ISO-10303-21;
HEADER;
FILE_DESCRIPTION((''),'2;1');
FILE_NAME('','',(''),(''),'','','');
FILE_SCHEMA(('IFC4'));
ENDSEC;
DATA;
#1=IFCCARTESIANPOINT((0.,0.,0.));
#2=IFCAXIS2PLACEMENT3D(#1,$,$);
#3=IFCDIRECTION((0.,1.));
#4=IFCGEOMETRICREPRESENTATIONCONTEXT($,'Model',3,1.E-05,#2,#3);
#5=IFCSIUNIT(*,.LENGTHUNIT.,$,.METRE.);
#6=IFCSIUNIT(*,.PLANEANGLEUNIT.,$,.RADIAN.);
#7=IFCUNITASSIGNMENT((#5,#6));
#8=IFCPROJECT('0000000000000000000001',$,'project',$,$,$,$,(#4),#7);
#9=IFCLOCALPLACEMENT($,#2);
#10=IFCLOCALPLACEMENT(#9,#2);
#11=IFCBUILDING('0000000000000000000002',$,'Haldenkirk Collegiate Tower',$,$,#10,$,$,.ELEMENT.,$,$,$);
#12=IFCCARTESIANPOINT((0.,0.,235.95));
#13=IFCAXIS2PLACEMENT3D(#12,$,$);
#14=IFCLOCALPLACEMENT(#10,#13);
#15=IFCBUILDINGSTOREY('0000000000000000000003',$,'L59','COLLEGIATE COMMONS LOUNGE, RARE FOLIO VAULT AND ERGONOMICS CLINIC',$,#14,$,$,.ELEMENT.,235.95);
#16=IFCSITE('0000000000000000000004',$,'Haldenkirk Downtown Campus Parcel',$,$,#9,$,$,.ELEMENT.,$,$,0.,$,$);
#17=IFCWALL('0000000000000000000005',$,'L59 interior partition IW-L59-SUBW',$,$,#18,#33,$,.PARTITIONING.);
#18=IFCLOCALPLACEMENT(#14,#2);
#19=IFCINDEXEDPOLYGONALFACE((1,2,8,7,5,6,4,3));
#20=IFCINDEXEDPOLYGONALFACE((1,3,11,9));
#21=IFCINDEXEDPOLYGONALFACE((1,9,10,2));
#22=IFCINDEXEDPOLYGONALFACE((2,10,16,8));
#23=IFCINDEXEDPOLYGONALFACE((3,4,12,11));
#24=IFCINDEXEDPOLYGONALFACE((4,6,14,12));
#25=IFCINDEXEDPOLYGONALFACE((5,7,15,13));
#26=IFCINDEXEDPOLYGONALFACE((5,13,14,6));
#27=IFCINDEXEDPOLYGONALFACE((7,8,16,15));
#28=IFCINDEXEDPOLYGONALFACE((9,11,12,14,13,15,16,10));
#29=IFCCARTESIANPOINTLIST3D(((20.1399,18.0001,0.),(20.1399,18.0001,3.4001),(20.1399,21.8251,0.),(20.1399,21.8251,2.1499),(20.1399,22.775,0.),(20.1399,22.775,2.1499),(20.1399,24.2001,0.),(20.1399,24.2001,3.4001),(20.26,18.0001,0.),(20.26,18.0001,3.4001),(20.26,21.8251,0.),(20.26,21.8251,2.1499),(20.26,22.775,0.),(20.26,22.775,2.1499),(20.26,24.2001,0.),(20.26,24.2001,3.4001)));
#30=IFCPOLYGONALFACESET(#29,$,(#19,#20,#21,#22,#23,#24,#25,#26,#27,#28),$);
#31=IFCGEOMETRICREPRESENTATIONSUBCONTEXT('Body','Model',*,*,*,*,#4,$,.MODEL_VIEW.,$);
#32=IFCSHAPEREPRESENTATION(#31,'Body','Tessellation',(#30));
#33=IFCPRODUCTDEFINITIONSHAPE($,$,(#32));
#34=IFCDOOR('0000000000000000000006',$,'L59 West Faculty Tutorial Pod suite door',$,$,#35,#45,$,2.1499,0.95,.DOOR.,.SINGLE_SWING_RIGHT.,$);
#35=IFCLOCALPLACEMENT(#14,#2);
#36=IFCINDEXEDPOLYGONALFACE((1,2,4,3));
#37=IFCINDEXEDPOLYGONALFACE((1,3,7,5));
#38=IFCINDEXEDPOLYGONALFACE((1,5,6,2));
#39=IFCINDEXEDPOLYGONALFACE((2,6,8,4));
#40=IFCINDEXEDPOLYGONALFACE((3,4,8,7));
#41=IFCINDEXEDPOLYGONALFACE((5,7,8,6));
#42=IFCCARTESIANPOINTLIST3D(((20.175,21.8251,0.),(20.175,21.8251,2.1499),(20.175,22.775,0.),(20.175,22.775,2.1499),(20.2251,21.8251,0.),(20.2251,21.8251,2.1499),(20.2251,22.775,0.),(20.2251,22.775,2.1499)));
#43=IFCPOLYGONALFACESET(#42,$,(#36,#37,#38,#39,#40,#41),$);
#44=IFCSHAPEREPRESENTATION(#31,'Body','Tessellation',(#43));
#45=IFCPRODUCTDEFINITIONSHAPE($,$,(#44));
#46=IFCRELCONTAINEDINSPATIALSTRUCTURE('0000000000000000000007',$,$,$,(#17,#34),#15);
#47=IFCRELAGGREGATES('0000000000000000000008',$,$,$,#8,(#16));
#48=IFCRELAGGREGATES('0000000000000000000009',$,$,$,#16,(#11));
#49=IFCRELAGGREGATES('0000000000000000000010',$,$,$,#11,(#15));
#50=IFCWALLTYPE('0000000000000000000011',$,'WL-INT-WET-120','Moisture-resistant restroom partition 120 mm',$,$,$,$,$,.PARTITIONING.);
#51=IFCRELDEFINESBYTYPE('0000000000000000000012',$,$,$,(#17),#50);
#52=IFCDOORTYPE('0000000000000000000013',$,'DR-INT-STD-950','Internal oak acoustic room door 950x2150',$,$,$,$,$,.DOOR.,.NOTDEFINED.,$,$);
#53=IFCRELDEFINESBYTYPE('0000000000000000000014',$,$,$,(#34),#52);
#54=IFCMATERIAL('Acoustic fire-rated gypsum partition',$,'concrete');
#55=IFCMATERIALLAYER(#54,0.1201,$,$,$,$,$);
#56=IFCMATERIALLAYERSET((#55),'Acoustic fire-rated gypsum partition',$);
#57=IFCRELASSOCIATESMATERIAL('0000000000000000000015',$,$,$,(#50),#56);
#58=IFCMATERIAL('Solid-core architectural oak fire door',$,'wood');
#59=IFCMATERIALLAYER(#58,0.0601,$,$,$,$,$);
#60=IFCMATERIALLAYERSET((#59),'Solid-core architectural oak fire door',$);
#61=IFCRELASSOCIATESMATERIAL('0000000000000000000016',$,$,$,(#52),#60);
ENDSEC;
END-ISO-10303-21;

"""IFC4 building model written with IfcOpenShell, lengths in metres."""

from ifc_helpers import new_model, si_unit, direction, frame, frame_2d, origin, place, context, subcontext, project, spatial, rectangle, extrude, material, layer, layer_set, type_object, element, fill, save


model = new_model("IFC4")

# Units and contexts
model_context = context("Model", 3, precision=1e-05, world=origin(), true_north=direction((0.0, 1.0)))
body_context = subcontext(model_context, "Body", "Model", "MODEL_VIEW")
ifc_project = project(units=[si_unit("LENGTHUNIT", "METRE"), si_unit("PLANEANGLEUNIT", "RADIAN")], contexts=[model_context])

# Site, building, storey
site_placement = place(None, origin())
site = spatial("IfcSite", under=ifc_project, at=site_placement, Name="Haldenkirk Downtown Campus Parcel", CompositionType="ELEMENT", RefElevation=0.0)
building_placement = place(site_placement, origin())
building = spatial("IfcBuilding", under=site, at=building_placement, Name="Haldenkirk Collegiate Tower", CompositionType="ELEMENT")
storey_placement = place(building_placement, frame((0.0, 0.0, 235.95)))
storey = spatial("IfcBuildingStorey", under=building, at=storey_placement, Name="L59", Description="COLLEGIATE COMMONS LOUNGE, RARE FOLIO VAULT AND ERGONOMICS CLINIC", CompositionType="ELEMENT", Elevation=235.95)

# Shared definitions
ifc_material_1 = material(Name="Acoustic fire-rated gypsum partition", Category="concrete")
ifc_material_2 = material(Name="Solid-core architectural oak fire door", Category="wood")

# Shared definitions
ifc_layer_1 = layer(ifc_material_1, 0.1201)
ifc_layer_set_1 = layer_set([ifc_layer_1], Name="Acoustic fire-rated gypsum partition")
wall_type_1 = type_object("IfcWallType", Name="WL-INT-WET-120", Description="Moisture-resistant restroom partition 120 mm", PredefinedType="PARTITIONING", material=ifc_layer_set_1)

# Wall, opening, door
wall_1_placement = place(storey_placement, frame((20.2, 18.0, 0.0), z_axis=(0.0, 0.0, 1.0), x_axis=(0.0, 1.0, 0.0)))
wall_1 = element("IfcWall", 1, at=wall_1_placement, inside=storey, type_object=wall_type_1, Name="L59 interior partition IW-L59-SUBW", PredefinedType="PARTITIONING", context=body_context, shape_type="SweptSolid", body=[
    extrude(rectangle(XDim=6.2, YDim=0.1201, at=frame_2d((3.1001, 0.0))), origin(), (0.0, 0.0, 1.0), 3.4001),
])
opening_1_placement = place(wall_1_placement, frame((3.825, 0.0, 0.0)))
opening_1 = element("IfcOpeningElement", 2, at=opening_1_placement, cuts=wall_1, PredefinedType="OPENING", context=body_context, shape_type="SweptSolid", body=[
    extrude(rectangle(XDim=0.95, YDim=2.1499, at=frame_2d((0.4751, 1.075))), frame((0.0, 0.0701, 0.0), z_axis=(0.0, -1.0, 0.0), x_axis=(1.0, 0.0, 0.0)), (0.0, 0.0, 1.0), 0.1401),
])
ifc_layer_2 = layer(ifc_material_2, 0.0601)
ifc_layer_set_2 = layer_set([ifc_layer_2], Name="Solid-core architectural oak fire door")
door_type_1 = type_object("IfcDoorType", Name="DR-INT-STD-950", Description="Internal oak acoustic room door 950x2150", OperationType="NOTDEFINED", PredefinedType="DOOR", material=ifc_layer_set_2)
door_1_placement = place(opening_1_placement, origin())
door_1 = element("IfcDoor", 3, at=door_1_placement, inside=storey, type_object=door_type_1, Name="L59 West Faculty Tutorial Pod suite door", OperationType="SINGLE_SWING_RIGHT", OverallHeight=2.1499, OverallWidth=0.95, PredefinedType="DOOR", context=body_context, shape_type="SweptSolid", body=[
    extrude(rectangle(XDim=0.95, YDim=2.1499, at=frame_2d((0.4751, 1.075))), frame((0.0, 0.0249, 0.0), z_axis=(0.0, -1.0, 0.0), x_axis=(1.0, 0.0, 0.0)), (0.0, 0.0, 1.0), 0.05),
])
fill(opening_1, door_1)

save(model, "model.ifc")
